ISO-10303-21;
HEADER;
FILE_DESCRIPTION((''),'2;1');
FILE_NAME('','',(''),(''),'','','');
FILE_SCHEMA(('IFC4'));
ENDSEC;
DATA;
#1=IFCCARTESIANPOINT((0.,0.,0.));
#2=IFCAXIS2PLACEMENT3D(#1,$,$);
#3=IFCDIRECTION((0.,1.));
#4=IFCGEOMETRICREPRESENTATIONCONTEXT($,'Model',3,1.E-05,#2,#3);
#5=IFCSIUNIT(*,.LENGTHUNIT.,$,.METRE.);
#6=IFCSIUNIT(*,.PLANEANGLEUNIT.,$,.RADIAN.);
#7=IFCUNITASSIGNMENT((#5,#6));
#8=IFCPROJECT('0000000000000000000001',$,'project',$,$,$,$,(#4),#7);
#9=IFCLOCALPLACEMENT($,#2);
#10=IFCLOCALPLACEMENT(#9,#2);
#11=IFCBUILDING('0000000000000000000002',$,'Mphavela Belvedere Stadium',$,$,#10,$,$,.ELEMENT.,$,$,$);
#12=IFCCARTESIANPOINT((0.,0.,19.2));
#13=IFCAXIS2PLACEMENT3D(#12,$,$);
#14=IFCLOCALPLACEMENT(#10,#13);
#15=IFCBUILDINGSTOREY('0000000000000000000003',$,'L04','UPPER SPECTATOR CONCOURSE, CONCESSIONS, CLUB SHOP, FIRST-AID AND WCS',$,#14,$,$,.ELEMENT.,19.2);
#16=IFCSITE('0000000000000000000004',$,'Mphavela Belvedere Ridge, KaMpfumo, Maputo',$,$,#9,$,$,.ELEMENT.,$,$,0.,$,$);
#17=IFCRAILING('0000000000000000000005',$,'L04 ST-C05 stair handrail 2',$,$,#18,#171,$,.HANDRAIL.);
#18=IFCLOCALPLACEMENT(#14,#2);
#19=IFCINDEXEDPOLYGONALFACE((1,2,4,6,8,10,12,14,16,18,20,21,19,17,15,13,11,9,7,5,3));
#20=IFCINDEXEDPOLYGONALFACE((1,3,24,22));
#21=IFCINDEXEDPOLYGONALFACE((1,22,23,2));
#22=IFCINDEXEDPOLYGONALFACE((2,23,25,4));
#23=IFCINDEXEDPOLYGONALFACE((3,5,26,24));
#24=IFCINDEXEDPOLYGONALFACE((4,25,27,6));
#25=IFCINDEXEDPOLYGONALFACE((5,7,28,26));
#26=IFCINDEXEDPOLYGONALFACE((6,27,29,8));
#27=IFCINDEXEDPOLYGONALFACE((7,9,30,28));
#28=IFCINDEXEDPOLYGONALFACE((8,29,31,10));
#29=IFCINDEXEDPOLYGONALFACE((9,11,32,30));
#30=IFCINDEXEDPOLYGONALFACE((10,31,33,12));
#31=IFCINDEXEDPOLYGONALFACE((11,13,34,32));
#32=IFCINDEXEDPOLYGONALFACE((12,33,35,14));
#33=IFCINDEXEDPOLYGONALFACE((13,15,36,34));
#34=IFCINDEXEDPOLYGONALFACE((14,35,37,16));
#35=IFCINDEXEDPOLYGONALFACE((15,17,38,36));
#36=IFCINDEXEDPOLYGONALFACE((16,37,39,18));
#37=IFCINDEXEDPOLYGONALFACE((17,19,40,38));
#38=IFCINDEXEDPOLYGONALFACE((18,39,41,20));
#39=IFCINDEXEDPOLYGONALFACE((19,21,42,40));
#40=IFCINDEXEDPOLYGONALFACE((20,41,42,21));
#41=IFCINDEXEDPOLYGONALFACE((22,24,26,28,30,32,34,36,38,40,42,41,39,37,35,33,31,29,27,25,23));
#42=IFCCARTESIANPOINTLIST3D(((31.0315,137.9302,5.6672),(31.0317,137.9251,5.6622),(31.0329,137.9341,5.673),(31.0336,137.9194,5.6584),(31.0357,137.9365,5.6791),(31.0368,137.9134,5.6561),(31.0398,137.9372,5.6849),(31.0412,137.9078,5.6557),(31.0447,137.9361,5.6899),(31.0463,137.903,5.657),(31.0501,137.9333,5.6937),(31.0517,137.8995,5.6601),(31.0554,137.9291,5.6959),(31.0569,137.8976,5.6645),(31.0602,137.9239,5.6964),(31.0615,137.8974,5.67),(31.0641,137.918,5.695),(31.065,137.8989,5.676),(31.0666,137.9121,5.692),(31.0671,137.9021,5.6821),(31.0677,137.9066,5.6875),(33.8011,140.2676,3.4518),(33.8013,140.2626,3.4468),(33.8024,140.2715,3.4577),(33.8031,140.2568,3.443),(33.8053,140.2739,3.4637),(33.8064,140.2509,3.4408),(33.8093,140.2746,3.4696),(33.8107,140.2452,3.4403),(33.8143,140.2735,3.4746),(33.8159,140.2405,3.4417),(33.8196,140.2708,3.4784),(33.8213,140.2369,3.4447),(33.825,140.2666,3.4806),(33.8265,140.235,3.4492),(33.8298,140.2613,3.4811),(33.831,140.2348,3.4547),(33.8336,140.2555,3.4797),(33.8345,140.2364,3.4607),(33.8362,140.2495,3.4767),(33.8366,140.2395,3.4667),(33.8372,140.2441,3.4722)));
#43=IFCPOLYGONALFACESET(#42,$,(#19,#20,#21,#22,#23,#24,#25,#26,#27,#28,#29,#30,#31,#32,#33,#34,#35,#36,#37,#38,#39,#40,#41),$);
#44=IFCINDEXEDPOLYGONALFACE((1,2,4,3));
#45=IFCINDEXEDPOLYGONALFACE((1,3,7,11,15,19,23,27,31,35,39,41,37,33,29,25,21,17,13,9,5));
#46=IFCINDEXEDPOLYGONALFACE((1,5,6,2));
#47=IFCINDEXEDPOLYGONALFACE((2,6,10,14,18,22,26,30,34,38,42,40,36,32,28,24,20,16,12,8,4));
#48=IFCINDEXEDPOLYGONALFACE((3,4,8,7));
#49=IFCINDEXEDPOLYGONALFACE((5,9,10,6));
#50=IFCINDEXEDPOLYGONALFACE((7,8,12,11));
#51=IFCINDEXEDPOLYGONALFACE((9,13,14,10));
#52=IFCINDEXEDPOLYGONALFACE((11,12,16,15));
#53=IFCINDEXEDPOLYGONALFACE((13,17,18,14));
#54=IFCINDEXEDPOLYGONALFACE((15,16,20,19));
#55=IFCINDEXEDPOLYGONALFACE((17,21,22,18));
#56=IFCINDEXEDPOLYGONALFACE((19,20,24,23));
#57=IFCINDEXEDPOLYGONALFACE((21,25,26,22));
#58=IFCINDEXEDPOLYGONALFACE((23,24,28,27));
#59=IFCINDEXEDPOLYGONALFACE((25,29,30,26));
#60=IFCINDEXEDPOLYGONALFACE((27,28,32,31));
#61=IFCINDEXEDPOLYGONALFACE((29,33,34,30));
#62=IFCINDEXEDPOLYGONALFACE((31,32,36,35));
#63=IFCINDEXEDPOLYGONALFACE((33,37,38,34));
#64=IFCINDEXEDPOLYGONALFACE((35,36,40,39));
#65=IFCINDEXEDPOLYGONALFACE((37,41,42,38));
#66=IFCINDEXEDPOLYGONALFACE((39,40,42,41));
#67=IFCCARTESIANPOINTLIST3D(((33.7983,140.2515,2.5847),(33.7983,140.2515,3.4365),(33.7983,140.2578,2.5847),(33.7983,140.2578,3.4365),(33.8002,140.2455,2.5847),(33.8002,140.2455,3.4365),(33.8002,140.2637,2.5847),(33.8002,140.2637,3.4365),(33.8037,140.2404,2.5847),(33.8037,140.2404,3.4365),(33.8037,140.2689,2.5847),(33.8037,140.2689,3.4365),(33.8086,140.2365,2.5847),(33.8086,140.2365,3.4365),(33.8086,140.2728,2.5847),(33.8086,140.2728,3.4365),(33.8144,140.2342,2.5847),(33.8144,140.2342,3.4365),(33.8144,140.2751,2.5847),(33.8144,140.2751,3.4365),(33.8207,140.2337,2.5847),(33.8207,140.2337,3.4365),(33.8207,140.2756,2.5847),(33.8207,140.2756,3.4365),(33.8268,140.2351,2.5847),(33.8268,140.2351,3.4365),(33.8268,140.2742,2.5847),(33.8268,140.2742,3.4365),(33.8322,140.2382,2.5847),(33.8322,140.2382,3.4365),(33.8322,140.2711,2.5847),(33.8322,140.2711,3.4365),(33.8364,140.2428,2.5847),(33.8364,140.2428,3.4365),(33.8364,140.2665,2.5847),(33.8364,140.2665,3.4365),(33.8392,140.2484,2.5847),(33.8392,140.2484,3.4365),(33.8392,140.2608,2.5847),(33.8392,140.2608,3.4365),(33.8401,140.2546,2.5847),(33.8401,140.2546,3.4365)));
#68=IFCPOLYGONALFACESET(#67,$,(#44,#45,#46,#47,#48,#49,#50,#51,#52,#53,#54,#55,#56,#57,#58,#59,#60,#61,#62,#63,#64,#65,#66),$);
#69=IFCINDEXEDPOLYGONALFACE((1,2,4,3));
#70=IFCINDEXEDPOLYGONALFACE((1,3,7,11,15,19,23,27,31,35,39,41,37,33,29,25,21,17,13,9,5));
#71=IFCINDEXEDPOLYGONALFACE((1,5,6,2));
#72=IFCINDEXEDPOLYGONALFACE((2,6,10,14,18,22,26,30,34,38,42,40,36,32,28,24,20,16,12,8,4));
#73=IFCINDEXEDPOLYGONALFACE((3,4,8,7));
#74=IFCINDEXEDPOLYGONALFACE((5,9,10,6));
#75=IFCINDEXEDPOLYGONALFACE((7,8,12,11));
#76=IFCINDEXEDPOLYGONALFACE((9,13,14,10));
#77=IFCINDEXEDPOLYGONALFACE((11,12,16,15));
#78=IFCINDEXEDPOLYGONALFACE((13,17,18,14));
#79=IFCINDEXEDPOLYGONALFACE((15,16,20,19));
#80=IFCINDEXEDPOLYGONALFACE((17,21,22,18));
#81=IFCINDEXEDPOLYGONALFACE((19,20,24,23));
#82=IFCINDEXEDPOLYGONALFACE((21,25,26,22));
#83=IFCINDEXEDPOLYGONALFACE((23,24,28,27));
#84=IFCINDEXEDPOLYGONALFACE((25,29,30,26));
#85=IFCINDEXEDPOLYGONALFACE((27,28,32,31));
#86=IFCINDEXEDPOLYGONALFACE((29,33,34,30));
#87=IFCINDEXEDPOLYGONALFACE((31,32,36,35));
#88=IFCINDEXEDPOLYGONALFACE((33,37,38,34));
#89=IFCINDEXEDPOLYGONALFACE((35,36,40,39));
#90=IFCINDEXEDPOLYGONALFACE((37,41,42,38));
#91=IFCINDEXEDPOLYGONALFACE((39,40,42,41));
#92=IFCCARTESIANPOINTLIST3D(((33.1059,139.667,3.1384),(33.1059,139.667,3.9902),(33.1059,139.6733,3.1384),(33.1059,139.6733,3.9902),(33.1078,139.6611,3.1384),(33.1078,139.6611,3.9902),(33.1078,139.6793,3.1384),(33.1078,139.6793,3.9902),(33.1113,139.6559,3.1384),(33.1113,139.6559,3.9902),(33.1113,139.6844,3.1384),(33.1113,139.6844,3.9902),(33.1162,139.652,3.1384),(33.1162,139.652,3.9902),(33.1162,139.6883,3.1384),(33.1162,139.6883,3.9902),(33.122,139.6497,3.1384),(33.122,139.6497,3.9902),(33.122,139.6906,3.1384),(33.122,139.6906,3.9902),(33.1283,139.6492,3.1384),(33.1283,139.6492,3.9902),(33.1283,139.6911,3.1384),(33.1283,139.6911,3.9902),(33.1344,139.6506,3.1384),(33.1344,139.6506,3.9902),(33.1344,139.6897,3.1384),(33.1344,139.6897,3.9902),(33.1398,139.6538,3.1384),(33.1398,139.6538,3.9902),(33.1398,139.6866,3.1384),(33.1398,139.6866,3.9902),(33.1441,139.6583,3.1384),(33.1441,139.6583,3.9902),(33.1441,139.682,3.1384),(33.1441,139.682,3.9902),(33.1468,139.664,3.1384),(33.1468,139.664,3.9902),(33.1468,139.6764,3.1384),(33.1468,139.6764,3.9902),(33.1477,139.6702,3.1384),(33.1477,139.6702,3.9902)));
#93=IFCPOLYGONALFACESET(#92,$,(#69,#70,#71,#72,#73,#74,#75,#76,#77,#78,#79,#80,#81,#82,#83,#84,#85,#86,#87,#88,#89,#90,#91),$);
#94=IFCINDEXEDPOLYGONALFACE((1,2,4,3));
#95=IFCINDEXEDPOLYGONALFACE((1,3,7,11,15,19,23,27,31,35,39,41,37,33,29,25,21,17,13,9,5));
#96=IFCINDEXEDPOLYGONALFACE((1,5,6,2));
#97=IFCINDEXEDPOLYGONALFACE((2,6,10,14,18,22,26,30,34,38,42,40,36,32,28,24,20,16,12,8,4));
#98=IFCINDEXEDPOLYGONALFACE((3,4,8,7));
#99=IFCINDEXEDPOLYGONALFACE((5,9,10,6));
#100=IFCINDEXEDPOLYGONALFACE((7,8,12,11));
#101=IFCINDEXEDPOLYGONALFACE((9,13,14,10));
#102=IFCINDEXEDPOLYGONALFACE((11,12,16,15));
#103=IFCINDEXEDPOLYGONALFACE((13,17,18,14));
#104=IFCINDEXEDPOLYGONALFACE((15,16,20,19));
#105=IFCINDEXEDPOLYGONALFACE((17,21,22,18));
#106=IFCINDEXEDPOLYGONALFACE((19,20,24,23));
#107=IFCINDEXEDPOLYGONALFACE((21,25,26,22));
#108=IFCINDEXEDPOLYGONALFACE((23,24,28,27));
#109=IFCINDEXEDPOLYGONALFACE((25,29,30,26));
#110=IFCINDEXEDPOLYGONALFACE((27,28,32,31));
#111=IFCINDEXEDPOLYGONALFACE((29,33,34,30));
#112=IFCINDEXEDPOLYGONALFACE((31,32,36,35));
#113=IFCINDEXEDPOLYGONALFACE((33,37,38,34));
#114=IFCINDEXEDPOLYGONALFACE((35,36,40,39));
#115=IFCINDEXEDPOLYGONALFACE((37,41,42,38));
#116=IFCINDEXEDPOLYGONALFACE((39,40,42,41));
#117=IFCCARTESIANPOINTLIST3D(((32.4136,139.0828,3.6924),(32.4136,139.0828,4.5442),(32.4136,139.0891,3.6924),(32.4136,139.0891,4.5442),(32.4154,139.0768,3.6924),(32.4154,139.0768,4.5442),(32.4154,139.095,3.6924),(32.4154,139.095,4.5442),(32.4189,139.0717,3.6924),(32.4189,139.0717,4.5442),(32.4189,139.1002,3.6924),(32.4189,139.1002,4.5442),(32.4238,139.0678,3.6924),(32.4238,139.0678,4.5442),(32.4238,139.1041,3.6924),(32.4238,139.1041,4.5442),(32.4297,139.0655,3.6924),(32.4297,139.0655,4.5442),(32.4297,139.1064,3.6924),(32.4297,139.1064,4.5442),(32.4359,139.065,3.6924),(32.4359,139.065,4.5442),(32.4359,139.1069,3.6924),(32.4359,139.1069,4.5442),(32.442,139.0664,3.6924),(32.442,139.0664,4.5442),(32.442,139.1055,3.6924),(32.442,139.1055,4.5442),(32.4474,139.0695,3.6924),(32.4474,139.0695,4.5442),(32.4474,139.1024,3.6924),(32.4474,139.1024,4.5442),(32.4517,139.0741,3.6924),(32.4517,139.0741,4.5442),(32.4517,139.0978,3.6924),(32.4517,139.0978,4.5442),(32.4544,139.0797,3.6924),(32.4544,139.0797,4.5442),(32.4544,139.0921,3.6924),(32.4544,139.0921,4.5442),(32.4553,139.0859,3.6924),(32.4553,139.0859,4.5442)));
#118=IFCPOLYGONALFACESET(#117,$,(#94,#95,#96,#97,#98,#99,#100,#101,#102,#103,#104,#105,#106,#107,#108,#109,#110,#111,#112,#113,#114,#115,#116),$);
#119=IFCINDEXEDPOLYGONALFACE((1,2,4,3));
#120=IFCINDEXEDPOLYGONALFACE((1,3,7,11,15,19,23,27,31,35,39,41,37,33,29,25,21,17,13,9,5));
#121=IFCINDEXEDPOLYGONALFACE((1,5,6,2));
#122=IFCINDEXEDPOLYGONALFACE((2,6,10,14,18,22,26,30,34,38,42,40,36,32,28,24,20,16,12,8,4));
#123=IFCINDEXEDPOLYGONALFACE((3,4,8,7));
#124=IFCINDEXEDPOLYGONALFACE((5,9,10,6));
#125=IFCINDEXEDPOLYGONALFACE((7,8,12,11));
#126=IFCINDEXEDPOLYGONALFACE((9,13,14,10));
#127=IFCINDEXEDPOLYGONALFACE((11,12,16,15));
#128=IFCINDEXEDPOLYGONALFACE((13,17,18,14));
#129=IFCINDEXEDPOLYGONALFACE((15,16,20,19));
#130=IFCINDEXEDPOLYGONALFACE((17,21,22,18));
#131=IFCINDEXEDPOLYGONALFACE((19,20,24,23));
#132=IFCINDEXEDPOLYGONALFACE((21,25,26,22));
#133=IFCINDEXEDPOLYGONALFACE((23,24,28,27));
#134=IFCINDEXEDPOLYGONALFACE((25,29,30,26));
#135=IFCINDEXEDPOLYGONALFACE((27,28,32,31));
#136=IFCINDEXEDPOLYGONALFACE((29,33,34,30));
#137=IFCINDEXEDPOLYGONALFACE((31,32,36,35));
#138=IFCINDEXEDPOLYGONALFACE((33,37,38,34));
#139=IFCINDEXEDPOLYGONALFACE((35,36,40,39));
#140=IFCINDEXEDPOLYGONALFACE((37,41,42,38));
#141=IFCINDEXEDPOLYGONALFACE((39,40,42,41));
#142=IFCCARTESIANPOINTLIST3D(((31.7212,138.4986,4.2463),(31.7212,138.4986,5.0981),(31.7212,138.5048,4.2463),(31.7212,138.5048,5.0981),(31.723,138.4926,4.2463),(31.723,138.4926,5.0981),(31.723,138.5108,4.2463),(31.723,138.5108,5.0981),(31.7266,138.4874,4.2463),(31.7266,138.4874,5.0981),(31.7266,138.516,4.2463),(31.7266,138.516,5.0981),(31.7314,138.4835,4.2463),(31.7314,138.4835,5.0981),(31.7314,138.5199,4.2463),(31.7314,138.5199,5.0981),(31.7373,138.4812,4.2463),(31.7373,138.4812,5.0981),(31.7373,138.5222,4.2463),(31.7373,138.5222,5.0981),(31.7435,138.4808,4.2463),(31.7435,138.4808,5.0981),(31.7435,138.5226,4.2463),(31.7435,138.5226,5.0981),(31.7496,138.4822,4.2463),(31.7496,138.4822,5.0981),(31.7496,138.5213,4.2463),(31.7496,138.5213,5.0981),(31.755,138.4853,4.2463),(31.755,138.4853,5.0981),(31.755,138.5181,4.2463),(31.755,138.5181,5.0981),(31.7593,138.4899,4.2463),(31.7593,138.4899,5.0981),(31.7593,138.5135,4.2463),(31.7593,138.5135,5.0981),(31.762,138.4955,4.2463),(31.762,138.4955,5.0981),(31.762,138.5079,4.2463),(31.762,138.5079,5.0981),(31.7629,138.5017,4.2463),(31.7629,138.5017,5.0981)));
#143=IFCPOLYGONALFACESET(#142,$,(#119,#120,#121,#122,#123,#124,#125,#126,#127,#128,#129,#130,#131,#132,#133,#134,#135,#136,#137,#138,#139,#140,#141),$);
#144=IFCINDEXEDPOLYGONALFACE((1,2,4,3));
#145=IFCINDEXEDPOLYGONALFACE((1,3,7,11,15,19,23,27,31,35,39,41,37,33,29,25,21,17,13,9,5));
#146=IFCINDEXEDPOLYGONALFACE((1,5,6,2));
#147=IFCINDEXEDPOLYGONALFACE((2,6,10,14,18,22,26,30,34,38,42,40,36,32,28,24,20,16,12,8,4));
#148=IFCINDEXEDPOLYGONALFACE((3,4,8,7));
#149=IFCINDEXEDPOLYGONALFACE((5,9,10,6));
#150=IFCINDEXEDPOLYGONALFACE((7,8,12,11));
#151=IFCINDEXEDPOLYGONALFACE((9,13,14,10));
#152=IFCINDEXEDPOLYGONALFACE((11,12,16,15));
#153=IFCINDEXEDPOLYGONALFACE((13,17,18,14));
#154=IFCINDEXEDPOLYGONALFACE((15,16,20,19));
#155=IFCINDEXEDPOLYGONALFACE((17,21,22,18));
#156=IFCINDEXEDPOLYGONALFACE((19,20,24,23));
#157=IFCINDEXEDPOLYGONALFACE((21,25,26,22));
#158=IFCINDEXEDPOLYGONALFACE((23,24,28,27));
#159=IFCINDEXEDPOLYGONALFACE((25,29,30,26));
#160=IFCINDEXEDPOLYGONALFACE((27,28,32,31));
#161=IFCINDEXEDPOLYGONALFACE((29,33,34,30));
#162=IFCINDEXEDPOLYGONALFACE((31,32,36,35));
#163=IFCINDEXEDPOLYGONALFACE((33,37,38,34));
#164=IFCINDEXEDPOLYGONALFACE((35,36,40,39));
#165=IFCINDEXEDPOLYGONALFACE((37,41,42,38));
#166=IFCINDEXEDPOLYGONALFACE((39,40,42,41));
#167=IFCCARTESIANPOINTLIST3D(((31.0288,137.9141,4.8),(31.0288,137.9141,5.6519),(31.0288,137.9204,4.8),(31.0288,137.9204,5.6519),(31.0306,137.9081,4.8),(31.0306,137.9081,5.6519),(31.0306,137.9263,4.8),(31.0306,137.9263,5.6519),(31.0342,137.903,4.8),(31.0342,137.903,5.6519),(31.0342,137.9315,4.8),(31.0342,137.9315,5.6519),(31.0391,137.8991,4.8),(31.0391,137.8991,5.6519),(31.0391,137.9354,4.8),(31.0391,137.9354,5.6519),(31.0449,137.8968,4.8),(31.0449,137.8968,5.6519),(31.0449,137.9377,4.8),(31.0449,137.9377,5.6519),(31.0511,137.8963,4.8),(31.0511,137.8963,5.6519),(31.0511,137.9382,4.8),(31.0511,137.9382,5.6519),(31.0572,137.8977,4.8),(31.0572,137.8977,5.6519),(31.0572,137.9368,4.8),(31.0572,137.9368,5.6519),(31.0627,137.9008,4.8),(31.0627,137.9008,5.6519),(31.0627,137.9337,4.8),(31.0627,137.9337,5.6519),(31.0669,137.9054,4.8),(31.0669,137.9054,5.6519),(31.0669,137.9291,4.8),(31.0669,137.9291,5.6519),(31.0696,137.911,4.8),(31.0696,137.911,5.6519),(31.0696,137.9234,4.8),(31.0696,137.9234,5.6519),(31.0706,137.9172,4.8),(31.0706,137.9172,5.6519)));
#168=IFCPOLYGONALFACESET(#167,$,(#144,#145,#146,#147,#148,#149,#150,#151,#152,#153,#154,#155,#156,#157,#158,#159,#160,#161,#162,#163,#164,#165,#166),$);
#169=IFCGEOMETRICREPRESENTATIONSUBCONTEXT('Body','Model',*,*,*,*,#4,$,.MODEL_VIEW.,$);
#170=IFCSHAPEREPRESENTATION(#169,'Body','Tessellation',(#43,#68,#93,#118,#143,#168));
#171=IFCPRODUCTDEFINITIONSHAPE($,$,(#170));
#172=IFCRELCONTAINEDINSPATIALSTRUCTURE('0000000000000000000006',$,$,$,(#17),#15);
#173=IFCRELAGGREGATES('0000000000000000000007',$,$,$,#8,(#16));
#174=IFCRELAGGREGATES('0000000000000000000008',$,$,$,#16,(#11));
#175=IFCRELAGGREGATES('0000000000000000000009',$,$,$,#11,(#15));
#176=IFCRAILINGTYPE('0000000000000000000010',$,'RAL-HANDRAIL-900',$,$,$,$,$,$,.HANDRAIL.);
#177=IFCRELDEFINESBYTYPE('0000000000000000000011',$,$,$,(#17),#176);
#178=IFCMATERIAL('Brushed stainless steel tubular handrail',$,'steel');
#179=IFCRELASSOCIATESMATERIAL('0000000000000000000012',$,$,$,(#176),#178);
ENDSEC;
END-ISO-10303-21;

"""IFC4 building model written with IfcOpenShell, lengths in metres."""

from ifc_helpers import new_model, si_unit, direction, frame, origin, origin_2d, place, context, subcontext, project, spatial, circle, extrude, material, type_object, element, save


model = new_model("IFC4")

# Units and contexts
model_context = context("Model", 3, precision=1e-05, world=origin(), true_north=direction((0.0, 1.0)))
body_context = subcontext(model_context, "Body", "Model", "MODEL_VIEW")
ifc_project = project(units=[si_unit("LENGTHUNIT", "METRE"), si_unit("PLANEANGLEUNIT", "RADIAN")], contexts=[model_context])

# Site, building, storey
site_placement = place(None, origin())
site = spatial("IfcSite", under=ifc_project, at=site_placement, Name="Mphavela Belvedere Ridge, KaMpfumo, Maputo", CompositionType="ELEMENT", RefElevation=0.0)
building_placement = place(site_placement, origin())
building = spatial("IfcBuilding", under=site, at=building_placement, Name="Mphavela Belvedere Stadium", CompositionType="ELEMENT")
storey_placement = place(building_placement, frame((0.0, 0.0, 19.2)))
storey = spatial("IfcBuildingStorey", under=building, at=storey_placement, Name="L04", Description="UPPER SPECTATOR CONCOURSE, CONCESSIONS, CLUB SHOP, FIRST-AID AND WCS", CompositionType="ELEMENT", Elevation=19.2)

# Railing
ifc_material_1 = material(Name="Brushed stainless steel tubular handrail", Category="steel")
railing_type_1 = type_object("IfcRailingType", Name="RAL-HANDRAIL-900", PredefinedType="HANDRAIL", material=ifc_material_1)
railing_1_placement = place(storey_placement, frame((33.8191, 140.2546, 2.5847)))
element("IfcRailing", 1, at=railing_1_placement, inside=storey, type_object=railing_type_1, Name="L04 ST-C05 stair handrail 2", PredefinedType="HANDRAIL", context=body_context, shape_type="SweptSolid", body=[
    extrude(circle(Radius=0.0239, at=origin_2d()), frame((0.0, 0.0, 0.876), z_axis=(-0.652034, -0.550298, 0.521559), x_axis=(0.644969, -0.764208, 0.0)), (0.0, 0.0, 1.0), 4.2476),
    extrude(circle(Radius=0.021, at=origin_2d()), origin(), (0.0, 0.0, 1.0), 0.8518),
    extrude(circle(Radius=0.021, at=origin_2d()), frame((-0.6924, -0.5845, 0.5537)), (0.0, 0.0, 1.0), 0.8518),
    extrude(circle(Radius=0.021, at=origin_2d()), frame((-1.3848, -1.1687, 1.1077)), (0.0, 0.0, 1.0), 0.8518),
    extrude(circle(Radius=0.021, at=origin_2d()), frame((-2.0771, -1.7529, 1.6616)), (0.0, 0.0, 1.0), 0.8518),
    extrude(circle(Radius=0.021, at=origin_2d()), frame((-2.7695, -2.3374, 2.2153)), (0.0, 0.0, 1.0), 0.8518),
])

save(model, "model.ifc")
